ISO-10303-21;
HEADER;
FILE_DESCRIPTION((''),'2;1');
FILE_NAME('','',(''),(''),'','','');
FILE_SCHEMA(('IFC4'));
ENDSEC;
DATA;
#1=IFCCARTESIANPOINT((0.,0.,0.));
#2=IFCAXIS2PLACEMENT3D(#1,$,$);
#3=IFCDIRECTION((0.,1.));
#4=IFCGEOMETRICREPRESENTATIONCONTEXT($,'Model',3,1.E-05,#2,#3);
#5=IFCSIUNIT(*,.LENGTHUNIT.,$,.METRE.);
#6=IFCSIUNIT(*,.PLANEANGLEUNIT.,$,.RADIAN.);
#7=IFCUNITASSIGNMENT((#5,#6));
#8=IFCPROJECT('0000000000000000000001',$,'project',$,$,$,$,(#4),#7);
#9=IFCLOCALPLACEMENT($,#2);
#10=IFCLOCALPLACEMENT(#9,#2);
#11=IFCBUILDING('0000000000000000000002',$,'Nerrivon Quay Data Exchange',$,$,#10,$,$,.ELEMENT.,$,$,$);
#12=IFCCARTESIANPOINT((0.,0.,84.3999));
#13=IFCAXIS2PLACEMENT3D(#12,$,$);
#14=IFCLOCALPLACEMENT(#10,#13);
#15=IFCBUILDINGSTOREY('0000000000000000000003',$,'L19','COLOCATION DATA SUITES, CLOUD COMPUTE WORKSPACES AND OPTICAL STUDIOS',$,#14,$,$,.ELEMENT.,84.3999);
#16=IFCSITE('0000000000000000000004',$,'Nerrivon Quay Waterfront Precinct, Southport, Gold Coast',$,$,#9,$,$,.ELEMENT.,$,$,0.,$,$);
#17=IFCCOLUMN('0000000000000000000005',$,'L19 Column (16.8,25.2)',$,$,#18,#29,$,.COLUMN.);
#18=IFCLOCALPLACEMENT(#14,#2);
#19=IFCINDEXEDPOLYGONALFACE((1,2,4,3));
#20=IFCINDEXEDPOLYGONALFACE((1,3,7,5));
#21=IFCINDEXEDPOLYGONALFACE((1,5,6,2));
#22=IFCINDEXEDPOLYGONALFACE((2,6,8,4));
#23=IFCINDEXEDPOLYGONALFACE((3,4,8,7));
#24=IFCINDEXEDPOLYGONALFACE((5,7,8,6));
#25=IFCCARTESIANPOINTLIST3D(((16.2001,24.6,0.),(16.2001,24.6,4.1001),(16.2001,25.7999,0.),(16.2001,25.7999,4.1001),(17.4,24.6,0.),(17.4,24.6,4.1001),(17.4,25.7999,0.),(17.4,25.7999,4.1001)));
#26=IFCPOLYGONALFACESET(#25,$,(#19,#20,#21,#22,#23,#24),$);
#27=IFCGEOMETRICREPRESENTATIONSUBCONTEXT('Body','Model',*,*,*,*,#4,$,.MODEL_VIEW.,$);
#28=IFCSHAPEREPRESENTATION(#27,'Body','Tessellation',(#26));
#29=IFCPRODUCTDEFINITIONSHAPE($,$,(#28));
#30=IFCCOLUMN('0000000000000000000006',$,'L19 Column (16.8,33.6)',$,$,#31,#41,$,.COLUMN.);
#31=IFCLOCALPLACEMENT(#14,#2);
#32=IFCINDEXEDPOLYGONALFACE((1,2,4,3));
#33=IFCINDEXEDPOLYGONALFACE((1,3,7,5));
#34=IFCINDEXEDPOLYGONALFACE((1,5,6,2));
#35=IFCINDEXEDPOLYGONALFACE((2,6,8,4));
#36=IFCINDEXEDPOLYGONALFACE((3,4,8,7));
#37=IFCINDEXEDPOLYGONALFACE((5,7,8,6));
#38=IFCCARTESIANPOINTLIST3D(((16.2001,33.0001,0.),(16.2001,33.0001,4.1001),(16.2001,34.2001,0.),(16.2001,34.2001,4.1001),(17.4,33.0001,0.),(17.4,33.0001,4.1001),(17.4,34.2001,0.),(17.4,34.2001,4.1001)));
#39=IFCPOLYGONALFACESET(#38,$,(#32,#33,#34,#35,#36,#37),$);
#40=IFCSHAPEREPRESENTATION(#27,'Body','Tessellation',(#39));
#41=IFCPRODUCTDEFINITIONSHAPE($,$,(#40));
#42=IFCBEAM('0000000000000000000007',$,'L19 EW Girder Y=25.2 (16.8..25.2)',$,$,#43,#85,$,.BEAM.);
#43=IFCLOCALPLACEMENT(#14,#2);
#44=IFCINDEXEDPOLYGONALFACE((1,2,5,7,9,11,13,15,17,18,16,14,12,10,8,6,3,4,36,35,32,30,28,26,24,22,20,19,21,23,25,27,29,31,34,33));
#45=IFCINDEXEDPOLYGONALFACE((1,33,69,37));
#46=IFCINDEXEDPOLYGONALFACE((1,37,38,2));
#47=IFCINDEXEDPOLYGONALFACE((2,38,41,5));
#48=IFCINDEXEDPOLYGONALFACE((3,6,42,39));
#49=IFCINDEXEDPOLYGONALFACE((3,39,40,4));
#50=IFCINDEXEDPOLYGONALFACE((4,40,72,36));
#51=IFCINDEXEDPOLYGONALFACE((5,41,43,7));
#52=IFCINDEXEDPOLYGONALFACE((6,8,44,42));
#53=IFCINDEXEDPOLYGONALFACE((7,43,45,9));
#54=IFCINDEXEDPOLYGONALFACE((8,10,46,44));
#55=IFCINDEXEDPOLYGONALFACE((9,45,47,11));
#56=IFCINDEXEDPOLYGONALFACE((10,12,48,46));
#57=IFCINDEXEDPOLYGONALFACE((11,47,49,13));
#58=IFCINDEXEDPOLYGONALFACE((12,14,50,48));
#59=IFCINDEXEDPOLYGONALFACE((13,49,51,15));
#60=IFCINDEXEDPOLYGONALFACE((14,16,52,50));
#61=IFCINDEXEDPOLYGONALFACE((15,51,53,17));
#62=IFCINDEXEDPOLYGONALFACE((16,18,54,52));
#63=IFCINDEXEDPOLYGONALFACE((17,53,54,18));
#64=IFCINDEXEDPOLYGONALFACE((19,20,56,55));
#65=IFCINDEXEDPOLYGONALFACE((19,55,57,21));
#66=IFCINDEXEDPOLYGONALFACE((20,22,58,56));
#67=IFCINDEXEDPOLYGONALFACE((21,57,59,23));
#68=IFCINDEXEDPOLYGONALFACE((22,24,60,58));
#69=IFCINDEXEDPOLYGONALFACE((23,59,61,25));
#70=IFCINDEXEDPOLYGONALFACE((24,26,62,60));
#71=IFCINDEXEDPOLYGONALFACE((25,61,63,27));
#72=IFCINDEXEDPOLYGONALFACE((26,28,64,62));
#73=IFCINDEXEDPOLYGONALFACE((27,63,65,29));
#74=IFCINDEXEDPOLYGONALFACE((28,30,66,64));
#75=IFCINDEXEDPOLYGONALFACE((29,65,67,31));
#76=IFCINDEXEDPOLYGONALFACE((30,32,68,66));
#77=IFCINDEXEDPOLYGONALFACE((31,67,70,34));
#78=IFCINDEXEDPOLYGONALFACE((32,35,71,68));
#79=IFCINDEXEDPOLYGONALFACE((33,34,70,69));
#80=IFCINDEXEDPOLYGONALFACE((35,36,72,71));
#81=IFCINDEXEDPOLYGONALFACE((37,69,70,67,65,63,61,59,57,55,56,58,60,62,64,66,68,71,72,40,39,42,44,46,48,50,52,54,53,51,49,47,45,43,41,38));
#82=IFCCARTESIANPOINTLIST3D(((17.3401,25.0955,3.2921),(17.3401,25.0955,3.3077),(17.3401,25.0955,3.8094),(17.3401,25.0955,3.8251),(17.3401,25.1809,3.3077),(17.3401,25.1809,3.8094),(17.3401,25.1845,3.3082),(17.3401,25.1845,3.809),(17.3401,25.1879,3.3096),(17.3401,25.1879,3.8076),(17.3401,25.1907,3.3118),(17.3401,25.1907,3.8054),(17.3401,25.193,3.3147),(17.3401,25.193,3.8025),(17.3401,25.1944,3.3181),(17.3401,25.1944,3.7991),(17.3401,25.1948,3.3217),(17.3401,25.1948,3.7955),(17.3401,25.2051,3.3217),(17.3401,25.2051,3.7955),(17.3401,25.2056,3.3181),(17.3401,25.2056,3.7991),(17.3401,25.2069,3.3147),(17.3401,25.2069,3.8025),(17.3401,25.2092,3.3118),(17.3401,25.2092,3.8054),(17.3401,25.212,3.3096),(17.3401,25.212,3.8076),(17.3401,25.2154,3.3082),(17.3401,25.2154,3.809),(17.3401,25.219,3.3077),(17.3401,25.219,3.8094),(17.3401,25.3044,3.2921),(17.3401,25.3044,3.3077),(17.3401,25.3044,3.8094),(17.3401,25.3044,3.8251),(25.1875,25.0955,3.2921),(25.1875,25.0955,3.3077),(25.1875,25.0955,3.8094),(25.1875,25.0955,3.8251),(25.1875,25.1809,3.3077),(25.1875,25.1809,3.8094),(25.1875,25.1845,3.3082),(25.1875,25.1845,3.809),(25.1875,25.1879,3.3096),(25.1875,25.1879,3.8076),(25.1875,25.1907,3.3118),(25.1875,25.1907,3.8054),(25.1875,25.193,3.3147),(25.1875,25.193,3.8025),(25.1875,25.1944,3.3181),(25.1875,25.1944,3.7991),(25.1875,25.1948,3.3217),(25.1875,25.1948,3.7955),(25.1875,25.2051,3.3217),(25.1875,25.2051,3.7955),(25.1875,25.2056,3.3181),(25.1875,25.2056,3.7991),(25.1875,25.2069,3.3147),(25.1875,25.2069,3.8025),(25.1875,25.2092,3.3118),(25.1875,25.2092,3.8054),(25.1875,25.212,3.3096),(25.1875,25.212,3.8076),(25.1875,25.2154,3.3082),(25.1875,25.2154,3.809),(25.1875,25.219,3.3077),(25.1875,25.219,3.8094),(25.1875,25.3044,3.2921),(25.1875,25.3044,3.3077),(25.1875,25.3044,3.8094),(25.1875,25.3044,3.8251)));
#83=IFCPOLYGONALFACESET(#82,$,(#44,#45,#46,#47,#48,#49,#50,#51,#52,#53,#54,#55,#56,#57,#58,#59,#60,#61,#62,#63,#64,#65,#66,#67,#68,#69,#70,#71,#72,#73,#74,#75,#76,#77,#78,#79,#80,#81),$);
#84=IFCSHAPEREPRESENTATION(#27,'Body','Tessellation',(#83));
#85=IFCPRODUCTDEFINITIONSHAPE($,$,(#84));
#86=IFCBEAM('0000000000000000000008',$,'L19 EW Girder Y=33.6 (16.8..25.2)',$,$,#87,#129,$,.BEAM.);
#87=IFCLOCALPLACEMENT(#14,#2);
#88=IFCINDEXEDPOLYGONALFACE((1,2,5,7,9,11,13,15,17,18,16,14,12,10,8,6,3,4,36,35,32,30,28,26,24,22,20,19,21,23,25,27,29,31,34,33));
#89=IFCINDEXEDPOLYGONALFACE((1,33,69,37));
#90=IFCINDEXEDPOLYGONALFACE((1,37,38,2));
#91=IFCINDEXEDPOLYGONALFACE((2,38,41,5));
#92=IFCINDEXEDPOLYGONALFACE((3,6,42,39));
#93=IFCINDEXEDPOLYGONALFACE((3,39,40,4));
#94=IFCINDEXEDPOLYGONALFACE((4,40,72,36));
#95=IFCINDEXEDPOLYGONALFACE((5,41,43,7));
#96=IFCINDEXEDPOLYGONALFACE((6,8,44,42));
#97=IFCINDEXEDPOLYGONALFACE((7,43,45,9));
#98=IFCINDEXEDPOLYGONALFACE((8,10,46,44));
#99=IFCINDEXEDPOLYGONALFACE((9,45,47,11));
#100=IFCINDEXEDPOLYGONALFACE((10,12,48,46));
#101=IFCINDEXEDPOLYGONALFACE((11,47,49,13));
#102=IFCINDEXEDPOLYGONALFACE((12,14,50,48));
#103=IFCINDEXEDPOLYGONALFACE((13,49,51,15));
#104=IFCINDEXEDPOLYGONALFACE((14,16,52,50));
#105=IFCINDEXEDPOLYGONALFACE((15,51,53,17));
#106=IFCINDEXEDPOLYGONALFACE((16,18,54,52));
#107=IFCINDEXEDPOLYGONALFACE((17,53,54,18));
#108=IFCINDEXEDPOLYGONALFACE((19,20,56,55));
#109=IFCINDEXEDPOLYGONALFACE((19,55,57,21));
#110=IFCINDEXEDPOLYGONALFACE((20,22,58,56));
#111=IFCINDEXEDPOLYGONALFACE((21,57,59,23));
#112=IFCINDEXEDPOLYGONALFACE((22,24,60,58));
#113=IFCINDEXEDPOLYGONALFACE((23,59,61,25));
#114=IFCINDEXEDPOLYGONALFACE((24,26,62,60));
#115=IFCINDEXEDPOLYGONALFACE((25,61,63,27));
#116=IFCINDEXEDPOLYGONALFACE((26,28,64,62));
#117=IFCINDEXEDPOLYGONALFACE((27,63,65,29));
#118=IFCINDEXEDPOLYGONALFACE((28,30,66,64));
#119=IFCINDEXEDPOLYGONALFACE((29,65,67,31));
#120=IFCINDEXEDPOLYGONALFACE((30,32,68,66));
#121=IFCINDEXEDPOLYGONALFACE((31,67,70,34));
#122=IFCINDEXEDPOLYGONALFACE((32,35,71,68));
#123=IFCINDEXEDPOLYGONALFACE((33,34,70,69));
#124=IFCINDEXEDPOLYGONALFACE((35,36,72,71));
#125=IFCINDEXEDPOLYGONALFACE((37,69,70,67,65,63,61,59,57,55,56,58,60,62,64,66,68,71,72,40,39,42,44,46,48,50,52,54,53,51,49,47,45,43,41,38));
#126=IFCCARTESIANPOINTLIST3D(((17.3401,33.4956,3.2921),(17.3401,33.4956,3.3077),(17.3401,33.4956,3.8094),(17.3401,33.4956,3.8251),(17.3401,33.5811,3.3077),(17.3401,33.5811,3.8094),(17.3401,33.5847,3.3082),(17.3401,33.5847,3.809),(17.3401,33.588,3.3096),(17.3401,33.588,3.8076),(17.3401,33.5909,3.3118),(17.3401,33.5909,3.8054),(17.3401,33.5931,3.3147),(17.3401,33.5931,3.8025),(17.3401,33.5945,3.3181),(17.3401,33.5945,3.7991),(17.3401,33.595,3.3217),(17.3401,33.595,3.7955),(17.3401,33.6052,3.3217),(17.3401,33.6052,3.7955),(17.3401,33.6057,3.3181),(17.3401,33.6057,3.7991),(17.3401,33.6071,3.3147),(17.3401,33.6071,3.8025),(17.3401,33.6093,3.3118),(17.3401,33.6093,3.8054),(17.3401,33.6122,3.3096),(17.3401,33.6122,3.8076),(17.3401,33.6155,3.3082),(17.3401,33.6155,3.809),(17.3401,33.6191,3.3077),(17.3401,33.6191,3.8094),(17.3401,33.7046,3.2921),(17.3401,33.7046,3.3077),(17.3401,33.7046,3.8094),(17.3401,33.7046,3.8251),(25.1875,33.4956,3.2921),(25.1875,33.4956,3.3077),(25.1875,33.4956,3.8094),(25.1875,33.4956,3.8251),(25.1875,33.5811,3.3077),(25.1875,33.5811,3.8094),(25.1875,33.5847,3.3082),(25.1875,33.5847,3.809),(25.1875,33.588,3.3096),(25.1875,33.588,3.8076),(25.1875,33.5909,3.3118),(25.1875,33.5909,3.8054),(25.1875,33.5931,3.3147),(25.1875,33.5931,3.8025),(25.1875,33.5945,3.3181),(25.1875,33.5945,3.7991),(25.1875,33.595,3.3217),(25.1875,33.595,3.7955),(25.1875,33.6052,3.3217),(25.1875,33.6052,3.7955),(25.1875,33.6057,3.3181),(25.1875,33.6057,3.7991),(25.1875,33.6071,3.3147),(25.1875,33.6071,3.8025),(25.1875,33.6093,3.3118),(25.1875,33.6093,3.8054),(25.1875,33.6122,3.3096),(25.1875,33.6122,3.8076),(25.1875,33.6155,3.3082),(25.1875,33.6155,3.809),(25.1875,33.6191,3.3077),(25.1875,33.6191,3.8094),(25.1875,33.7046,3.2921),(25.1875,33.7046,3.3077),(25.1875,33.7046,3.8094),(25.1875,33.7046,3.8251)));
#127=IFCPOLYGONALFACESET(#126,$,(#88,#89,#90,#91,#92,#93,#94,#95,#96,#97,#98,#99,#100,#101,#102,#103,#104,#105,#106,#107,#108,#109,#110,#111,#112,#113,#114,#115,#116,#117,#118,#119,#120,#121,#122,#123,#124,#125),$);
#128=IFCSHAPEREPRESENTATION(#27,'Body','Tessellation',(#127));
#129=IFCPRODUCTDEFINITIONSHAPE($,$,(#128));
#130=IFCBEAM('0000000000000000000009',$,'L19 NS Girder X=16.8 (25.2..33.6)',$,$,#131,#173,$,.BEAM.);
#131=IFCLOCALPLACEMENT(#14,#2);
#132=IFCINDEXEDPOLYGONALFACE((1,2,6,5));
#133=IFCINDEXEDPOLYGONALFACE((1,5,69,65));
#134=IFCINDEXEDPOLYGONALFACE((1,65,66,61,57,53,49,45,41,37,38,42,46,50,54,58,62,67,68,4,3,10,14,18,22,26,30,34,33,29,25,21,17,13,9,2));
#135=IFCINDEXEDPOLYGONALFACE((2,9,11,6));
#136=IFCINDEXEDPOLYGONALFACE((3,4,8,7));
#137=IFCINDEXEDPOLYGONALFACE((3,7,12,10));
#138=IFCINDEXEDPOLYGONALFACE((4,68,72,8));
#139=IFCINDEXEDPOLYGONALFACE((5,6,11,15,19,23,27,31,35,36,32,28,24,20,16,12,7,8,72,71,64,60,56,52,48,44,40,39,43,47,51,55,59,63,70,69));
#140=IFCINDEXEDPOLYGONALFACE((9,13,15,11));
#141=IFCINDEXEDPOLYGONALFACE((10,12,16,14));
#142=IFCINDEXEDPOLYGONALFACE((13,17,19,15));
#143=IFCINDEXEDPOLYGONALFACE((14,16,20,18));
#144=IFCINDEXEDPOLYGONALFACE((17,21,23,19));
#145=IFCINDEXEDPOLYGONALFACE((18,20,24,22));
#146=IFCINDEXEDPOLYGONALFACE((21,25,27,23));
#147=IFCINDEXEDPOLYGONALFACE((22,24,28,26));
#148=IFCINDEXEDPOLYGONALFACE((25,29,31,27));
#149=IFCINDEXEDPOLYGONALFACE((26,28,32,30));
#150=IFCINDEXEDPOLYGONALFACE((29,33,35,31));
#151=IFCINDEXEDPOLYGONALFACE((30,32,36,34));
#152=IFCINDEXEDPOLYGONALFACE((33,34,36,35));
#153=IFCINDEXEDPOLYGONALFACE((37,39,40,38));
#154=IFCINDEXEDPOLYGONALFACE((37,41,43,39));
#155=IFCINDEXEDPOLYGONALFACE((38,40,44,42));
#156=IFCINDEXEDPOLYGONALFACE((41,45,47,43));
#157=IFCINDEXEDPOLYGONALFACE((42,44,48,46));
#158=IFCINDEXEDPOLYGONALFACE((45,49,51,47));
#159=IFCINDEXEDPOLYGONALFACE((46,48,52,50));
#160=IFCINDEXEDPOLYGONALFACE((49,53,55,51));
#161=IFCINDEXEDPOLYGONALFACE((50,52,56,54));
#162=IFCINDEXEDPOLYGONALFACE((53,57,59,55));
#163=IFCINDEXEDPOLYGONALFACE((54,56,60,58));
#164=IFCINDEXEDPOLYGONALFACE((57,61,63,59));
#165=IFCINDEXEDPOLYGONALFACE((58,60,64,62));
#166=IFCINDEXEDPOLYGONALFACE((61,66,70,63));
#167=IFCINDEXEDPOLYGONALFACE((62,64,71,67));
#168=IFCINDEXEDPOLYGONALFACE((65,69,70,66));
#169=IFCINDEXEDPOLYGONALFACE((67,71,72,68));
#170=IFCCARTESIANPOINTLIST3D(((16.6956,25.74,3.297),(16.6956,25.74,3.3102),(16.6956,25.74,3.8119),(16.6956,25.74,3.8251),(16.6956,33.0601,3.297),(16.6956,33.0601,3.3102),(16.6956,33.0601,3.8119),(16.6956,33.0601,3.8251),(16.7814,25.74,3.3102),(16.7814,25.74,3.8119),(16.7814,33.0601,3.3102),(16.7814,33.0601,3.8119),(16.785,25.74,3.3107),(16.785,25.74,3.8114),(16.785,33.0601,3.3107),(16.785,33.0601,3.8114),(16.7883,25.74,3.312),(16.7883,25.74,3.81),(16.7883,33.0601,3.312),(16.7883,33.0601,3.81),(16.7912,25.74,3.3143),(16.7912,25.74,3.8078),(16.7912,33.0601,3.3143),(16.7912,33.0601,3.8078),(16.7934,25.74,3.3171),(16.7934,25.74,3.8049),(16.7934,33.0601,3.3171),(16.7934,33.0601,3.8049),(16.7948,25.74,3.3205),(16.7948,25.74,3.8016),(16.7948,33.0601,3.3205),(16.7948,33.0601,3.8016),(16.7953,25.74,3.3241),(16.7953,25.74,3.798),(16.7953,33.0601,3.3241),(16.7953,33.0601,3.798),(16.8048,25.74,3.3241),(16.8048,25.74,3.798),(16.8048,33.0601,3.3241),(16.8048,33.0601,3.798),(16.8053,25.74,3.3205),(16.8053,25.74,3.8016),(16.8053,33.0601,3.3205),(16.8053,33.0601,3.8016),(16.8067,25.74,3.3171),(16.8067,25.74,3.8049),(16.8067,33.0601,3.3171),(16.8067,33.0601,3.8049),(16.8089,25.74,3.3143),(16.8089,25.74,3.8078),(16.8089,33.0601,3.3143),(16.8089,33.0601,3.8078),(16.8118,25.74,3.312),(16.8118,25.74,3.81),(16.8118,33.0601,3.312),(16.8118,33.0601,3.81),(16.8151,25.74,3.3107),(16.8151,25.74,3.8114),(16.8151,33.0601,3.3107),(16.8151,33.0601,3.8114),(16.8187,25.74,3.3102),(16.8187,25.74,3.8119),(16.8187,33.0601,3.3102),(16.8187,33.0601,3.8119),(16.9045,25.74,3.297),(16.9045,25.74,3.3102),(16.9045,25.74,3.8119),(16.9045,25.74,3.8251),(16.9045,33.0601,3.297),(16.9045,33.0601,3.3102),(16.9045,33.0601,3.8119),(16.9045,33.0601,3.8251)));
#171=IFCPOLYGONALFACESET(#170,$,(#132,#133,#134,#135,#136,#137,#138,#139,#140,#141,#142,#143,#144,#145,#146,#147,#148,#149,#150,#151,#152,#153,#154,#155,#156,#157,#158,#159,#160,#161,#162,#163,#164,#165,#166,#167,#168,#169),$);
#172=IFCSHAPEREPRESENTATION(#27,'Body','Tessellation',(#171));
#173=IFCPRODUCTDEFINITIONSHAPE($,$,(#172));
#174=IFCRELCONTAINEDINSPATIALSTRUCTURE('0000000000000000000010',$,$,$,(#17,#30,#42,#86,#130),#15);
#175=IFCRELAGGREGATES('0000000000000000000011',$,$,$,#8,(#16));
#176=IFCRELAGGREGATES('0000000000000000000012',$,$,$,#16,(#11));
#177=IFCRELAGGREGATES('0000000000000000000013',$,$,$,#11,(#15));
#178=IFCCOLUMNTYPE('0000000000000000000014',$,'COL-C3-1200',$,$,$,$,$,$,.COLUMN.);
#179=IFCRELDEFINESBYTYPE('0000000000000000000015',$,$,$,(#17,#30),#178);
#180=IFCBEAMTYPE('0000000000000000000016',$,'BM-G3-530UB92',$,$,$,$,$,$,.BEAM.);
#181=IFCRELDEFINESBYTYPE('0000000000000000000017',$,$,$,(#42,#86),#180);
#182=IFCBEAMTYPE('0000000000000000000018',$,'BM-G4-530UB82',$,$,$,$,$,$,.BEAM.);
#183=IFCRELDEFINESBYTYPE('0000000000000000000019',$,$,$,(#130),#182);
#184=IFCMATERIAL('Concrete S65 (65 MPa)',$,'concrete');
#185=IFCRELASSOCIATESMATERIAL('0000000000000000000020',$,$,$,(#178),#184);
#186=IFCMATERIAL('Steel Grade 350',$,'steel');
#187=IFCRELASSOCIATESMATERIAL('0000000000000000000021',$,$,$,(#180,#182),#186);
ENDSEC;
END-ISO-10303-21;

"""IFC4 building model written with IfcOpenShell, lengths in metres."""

from ifc_helpers import new_model, si_unit, direction, frame, origin, origin_2d, place, context, subcontext, project, spatial, rectangle, i_section, extrude, material, material_profile, profile_set, type_object, element, save


model = new_model("IFC4")

# Units and contexts
model_context = context("Model", 3, precision=1e-05, world=origin(), true_north=direction((0.0, 1.0)))
body_context = subcontext(model_context, "Body", "Model", "MODEL_VIEW")
ifc_project = project(units=[si_unit("LENGTHUNIT", "METRE"), si_unit("PLANEANGLEUNIT", "RADIAN")], contexts=[model_context])

# Site, building, storey
site_placement = place(None, origin())
site = spatial("IfcSite", under=ifc_project, at=site_placement, Name="Nerrivon Quay Waterfront Precinct, Southport, Gold Coast", CompositionType="ELEMENT", RefElevation=0.0)
building_placement = place(site_placement, origin())
building = spatial("IfcBuilding", under=site, at=building_placement, Name="Nerrivon Quay Data Exchange", CompositionType="ELEMENT")
storey_placement = place(building_placement, frame((0.0, 0.0, 84.3999)))
storey = spatial("IfcBuildingStorey", under=building, at=storey_placement, Name="L19", Description="COLOCATION DATA SUITES, CLOUD COMPUTE WORKSPACES AND OPTICAL STUDIOS", CompositionType="ELEMENT", Elevation=84.3999)

# Columns
ifc_material_1 = material(Name="Concrete S65 (65 MPa)", Category="concrete")
ifc_material_profile_1 = material_profile(ifc_material_1, rectangle(XDim=1.2, YDim=1.2, at=origin_2d()), Name="RC-COL-1200x1200")
ifc_profile_set_1 = profile_set([ifc_material_profile_1], Name="Concrete S65 (65 MPa)")
column_type = type_object("IfcColumnType", Name="COL-C3-1200", PredefinedType="COLUMN", material=ifc_profile_set_1)
for number, where, z_axis, x_axis, name in (
    (1, (16.8, 25.2, 0.0), (0.0, 0.0, 1.0), (1.0, 0.0, 0.0), "L19 Column (16.8,25.2)"),
    (2, (16.8, 33.6001, 0.0), (0.0, 0.0, 1.0), (1.0, 0.0, 0.0), "L19 Column (16.8,33.6)"),
):
    element("IfcColumn", number, at=place(storey_placement, frame(where, z_axis=z_axis, x_axis=x_axis)), inside=storey, type_object=column_type, Name=name, PredefinedType="COLUMN", context=body_context, shape_type="SweptSolid", body=[
        extrude(rectangle(XDim=1.2, YDim=1.2, at=origin_2d()), origin(), (0.0, 0.0, 1.0), 4.1001),
    ])

# Beams
ifc_material_2 = material(Name="Steel Grade 350", Category="steel")
ifc_material_profile_2 = material_profile(ifc_material_2, i_section(OverallWidth=0.209, OverallDepth=0.533, WebThickness=0.0103, FlangeThickness=0.0156, FilletRadius=0.0139, at=origin_2d()), Name="530UB92.4")
ifc_profile_set_2 = profile_set([ifc_material_profile_2], Name="Steel Grade 350")
beam_type_1 = type_object("IfcBeamType", Name="BM-G3-530UB92", PredefinedType="BEAM", material=ifc_profile_set_2)
for number, where, z_axis, x_axis, name in (
    (3, (17.3401, 25.2, 3.5586), (1.0, 0.0, 0.0), (0.0, 1.0, 0.0), "L19 EW Girder Y=25.2 (16.8..25.2)"),
    (4, (17.3401, 33.6001, 3.5586), (1.0, 0.0, 0.0), (0.0, 1.0, 0.0), "L19 EW Girder Y=33.6 (16.8..25.2)"),
):
    element("IfcBeam", number, at=place(storey_placement, frame(where, z_axis=z_axis, x_axis=x_axis)), inside=storey, type_object=beam_type_1, Name=name, PredefinedType="BEAM", context=body_context, shape_type="SweptSolid", body=[
        extrude(i_section(OverallWidth=0.209, OverallDepth=0.533, WebThickness=0.0103, FlangeThickness=0.0156, FilletRadius=0.0139, at=origin_2d()), origin(), (0.0, 0.0, 1.0), 7.8474),
    ])
ifc_material_profile_3 = material_profile(ifc_material_2, i_section(OverallWidth=0.209, OverallDepth=0.5281, WebThickness=0.0095, FlangeThickness=0.0132, FilletRadius=0.0139, at=origin_2d()), Name="530UB82.0")
ifc_profile_set_3 = profile_set([ifc_material_profile_3], Name="Steel Grade 350")
beam_type_2 = type_object("IfcBeamType", Name="BM-G4-530UB82", PredefinedType="BEAM", material=ifc_profile_set_3)
for number, where, z_axis, x_axis, name in (
    (5, (16.8, 25.74, 3.561), (0.0, 1.0, 0.0), (-1.0, 0.0, 0.0), "L19 NS Girder X=16.8 (25.2..33.6)"),
):
    element("IfcBeam", number, at=place(storey_placement, frame(where, z_axis=z_axis, x_axis=x_axis)), inside=storey, type_object=beam_type_2, Name=name, PredefinedType="BEAM", context=body_context, shape_type="SweptSolid", body=[
        extrude(i_section(OverallWidth=0.209, OverallDepth=0.5281, WebThickness=0.0095, FlangeThickness=0.0132, FilletRadius=0.0139, at=origin_2d()), origin(), (0.0, 0.0, 1.0), 7.3201),
    ])

save(model, "model.ifc")
